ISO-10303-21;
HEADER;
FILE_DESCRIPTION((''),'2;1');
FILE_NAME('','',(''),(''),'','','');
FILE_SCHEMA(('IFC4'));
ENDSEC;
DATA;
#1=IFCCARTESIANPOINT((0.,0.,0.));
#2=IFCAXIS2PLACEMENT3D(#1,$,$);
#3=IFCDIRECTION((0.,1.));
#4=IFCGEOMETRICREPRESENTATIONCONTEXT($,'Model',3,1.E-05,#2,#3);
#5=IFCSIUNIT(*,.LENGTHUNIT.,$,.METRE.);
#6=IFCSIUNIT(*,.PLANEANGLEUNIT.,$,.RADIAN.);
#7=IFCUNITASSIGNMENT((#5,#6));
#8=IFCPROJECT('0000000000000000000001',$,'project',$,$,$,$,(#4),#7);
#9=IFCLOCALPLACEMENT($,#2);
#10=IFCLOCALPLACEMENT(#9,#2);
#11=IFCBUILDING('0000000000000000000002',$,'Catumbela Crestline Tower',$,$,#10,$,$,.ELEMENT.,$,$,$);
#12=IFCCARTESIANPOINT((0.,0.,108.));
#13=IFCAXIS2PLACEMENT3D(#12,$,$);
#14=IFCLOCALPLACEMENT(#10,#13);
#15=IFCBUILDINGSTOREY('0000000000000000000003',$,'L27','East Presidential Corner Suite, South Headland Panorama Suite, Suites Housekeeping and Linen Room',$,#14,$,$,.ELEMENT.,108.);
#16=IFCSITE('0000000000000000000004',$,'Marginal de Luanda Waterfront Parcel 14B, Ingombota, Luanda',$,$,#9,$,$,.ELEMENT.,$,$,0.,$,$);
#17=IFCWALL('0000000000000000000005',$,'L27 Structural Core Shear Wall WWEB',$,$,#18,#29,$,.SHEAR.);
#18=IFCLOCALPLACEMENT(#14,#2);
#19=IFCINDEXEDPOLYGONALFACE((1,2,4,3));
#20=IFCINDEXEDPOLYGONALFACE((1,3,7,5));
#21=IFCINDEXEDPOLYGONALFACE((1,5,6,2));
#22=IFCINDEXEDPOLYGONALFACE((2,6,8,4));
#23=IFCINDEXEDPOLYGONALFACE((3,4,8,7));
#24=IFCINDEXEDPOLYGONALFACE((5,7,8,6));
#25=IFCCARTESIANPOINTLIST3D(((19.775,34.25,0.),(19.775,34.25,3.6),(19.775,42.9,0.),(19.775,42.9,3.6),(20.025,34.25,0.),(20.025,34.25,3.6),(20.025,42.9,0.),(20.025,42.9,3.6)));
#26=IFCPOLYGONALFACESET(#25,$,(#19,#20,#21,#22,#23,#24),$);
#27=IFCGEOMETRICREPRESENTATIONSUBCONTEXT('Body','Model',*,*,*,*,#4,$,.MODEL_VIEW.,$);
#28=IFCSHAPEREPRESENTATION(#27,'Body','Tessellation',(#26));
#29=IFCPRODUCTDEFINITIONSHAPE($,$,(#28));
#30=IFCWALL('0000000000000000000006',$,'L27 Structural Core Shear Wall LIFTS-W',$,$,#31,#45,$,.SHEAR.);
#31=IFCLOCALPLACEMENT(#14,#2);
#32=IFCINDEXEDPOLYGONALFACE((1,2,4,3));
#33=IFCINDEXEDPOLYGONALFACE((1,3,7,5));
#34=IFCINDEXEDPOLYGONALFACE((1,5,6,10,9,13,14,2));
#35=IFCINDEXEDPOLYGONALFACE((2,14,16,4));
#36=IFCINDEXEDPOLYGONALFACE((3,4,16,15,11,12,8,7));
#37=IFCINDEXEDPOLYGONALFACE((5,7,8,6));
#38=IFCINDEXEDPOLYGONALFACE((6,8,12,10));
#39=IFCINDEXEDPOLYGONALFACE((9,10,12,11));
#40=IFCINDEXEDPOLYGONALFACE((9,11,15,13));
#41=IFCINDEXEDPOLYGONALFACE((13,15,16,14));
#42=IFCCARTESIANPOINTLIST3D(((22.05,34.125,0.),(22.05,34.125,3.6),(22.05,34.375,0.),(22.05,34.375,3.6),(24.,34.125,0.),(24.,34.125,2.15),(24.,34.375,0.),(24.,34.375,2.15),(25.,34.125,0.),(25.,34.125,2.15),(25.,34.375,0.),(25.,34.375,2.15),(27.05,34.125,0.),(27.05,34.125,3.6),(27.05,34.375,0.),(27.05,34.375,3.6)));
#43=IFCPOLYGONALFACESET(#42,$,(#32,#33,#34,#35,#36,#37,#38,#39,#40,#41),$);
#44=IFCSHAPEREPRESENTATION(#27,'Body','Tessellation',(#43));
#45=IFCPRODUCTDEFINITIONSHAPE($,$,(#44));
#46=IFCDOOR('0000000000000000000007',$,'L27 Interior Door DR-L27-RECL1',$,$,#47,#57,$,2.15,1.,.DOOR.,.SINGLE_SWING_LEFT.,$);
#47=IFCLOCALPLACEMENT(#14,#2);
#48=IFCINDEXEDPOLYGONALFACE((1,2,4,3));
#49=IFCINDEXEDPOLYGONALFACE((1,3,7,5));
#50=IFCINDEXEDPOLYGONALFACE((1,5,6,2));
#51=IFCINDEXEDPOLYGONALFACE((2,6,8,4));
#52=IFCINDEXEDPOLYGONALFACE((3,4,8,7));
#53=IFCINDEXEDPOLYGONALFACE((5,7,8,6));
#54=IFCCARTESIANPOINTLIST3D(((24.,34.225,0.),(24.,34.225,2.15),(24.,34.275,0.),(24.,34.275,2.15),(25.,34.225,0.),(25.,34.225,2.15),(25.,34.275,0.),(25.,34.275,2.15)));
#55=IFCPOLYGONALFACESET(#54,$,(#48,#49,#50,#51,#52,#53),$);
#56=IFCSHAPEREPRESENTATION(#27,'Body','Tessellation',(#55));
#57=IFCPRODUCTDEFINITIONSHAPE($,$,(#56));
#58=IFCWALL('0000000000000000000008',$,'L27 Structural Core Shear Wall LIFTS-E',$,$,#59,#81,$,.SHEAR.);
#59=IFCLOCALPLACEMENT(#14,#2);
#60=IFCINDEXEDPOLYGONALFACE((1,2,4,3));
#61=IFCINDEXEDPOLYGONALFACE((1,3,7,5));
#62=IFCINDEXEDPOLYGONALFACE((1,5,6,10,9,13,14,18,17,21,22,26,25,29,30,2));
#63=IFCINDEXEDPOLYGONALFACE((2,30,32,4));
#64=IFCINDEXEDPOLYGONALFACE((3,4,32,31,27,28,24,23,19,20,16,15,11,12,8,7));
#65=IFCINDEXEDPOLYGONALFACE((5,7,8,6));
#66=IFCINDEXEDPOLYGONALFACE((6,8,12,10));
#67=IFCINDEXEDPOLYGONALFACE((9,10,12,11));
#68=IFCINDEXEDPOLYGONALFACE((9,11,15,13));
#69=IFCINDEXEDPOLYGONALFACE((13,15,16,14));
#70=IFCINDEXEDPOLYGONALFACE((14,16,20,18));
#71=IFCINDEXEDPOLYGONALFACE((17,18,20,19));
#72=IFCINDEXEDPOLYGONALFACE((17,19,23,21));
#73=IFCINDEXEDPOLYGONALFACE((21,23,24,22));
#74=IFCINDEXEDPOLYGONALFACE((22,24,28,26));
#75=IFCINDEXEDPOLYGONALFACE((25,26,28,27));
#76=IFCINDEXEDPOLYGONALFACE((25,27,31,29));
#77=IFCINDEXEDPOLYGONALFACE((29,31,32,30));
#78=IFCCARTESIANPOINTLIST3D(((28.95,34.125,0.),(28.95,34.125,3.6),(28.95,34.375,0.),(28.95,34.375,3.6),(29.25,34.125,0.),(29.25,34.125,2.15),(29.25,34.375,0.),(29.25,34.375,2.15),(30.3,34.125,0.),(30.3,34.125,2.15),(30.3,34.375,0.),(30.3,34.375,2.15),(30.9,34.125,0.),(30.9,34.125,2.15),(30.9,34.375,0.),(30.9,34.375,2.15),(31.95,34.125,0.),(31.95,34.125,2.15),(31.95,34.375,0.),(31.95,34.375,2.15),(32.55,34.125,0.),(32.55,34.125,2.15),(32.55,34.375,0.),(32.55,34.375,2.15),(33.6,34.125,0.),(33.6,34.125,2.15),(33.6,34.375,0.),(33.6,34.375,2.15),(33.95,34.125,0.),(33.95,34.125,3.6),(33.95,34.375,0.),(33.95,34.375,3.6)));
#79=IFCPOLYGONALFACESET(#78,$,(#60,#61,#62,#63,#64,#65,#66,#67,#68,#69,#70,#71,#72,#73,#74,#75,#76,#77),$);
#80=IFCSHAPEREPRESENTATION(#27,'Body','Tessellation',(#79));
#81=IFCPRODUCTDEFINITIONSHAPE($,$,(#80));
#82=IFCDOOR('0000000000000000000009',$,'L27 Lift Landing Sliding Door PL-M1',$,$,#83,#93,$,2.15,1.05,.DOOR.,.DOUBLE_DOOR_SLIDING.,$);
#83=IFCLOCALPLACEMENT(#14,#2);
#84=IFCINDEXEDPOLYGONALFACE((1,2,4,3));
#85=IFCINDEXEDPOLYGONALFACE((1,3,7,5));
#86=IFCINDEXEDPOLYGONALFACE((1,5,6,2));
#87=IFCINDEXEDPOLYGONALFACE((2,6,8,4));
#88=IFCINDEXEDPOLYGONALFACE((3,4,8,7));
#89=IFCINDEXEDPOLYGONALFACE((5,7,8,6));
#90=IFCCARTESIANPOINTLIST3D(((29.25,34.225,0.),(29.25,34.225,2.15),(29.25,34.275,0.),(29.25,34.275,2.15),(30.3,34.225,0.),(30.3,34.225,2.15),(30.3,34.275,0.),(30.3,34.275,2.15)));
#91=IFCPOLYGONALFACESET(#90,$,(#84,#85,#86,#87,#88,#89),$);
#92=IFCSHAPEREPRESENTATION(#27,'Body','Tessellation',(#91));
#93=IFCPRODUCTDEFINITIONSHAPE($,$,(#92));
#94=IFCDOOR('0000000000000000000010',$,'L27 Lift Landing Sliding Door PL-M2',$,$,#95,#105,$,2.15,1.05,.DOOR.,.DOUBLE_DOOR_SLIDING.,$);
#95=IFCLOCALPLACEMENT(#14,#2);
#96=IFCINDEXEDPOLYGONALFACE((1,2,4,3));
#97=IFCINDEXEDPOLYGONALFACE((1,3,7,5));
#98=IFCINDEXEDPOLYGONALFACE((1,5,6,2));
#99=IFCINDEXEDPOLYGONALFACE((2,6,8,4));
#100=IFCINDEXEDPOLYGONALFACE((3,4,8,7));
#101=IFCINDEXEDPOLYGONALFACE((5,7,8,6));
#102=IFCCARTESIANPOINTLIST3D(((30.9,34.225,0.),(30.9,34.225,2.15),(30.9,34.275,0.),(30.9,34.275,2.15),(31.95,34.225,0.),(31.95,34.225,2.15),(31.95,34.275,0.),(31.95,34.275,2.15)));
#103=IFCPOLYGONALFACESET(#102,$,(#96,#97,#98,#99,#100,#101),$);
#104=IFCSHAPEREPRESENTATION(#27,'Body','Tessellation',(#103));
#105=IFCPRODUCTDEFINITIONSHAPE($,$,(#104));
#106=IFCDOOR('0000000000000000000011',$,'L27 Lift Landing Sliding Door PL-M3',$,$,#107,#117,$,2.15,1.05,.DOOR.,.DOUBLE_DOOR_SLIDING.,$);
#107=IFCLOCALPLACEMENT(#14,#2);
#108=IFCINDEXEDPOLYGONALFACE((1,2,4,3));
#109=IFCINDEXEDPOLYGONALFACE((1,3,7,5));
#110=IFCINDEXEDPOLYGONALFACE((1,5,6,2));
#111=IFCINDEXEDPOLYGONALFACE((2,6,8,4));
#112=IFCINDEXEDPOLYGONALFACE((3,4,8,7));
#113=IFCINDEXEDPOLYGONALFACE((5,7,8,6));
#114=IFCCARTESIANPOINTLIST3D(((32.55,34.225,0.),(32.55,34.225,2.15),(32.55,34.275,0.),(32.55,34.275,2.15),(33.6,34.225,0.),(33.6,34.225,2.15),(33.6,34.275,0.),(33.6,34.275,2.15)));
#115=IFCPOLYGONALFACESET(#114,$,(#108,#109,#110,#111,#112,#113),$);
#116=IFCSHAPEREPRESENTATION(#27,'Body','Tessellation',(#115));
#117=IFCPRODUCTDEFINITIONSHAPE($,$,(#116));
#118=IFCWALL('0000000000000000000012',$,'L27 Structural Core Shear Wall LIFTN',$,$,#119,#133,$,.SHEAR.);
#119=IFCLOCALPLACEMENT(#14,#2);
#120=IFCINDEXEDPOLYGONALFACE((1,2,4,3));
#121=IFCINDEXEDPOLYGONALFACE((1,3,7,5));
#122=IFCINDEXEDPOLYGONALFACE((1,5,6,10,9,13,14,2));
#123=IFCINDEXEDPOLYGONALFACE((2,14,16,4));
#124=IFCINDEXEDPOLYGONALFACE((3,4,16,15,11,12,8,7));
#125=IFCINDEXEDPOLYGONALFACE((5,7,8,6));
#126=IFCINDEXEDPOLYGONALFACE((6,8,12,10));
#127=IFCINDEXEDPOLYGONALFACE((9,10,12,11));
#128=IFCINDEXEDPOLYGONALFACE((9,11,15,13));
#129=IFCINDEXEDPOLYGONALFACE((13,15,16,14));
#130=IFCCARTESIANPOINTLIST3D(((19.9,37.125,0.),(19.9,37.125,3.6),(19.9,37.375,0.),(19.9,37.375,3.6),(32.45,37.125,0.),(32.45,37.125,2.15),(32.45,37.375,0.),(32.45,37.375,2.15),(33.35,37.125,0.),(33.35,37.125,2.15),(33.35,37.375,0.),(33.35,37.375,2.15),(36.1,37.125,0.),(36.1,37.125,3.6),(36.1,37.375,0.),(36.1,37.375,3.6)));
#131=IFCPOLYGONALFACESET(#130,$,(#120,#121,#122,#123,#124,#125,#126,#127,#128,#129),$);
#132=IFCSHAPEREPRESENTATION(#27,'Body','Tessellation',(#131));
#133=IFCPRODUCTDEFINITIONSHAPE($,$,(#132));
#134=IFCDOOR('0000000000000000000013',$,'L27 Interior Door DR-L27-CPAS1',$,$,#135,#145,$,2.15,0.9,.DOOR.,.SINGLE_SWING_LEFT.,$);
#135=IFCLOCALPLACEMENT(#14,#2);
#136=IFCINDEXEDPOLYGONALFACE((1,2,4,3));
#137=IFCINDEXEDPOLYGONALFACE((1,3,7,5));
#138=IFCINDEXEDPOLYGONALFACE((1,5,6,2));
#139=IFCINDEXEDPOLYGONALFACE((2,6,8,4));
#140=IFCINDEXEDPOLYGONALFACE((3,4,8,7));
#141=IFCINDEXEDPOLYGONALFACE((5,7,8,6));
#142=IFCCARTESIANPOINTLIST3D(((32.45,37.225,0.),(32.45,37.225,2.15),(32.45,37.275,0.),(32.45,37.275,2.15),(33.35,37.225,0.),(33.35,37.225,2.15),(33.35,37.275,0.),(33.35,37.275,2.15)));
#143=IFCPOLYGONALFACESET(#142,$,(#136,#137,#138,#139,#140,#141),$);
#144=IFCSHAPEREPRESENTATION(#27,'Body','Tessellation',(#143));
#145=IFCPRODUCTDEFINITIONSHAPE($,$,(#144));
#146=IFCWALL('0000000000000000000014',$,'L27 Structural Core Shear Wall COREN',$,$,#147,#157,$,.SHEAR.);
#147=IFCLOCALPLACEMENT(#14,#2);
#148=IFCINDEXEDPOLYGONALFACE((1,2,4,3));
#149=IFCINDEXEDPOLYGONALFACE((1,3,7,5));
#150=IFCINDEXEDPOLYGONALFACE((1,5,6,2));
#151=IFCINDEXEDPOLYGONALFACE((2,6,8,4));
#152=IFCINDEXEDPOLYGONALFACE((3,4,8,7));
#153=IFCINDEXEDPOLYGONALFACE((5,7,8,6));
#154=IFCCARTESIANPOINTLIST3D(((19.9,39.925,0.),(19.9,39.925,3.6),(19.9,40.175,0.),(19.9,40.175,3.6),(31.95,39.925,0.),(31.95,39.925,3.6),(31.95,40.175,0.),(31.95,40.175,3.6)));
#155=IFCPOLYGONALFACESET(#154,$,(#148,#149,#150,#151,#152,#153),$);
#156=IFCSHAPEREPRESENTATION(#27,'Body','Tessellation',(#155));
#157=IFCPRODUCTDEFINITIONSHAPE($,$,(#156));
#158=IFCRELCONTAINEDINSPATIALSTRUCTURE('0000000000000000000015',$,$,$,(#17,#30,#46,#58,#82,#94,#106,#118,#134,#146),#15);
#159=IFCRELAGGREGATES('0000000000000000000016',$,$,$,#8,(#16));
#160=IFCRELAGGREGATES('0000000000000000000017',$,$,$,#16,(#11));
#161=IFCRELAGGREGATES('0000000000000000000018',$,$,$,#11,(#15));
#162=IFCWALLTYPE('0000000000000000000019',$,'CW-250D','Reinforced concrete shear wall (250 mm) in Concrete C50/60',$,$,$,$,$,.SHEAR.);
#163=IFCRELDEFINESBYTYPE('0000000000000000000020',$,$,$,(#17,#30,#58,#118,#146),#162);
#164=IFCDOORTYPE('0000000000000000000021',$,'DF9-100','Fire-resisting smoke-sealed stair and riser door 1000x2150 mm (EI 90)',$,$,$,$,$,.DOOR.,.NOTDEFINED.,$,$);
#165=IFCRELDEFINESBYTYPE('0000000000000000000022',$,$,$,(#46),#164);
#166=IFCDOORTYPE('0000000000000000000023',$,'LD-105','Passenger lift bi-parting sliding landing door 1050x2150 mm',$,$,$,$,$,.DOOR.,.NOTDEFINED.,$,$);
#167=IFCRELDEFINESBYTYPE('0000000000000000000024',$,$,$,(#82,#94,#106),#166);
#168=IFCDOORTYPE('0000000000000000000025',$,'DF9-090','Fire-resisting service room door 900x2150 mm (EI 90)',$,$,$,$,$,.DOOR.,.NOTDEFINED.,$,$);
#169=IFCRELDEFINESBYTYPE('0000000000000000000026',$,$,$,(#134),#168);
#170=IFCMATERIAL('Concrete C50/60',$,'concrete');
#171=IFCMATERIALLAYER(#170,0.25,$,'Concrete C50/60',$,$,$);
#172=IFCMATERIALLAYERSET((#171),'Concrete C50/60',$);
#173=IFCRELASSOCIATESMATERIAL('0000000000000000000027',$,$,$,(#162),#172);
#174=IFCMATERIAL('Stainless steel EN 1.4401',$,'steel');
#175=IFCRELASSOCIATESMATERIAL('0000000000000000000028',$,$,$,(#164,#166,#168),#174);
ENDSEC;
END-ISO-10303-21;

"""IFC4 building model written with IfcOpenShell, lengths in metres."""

from ifc_helpers import new_model, si_unit, direction, frame, frame_2d, origin, place, context, subcontext, project, spatial, rectangle, extrude, material, layer, layer_set, type_object, element, fill, save


model = new_model("IFC4")

# Units and contexts
model_context = context("Model", 3, precision=1e-05, world=origin(), true_north=direction((0.0, 1.0)))
body_context = subcontext(model_context, "Body", "Model", "MODEL_VIEW")
ifc_project = project(units=[si_unit("LENGTHUNIT", "METRE"), si_unit("PLANEANGLEUNIT", "RADIAN")], contexts=[model_context])

# Site, building, storey
site_placement = place(None, origin())
site = spatial("IfcSite", under=ifc_project, at=site_placement, Name="Marginal de Luanda Waterfront Parcel 14B, Ingombota, Luanda", CompositionType="ELEMENT", RefElevation=0.0)
building_placement = place(site_placement, origin())
building = spatial("IfcBuilding", under=site, at=building_placement, Name="Catumbela Crestline Tower", CompositionType="ELEMENT")
storey_placement = place(building_placement, frame((0.0, 0.0, 108.0)))
storey = spatial("IfcBuildingStorey", under=building, at=storey_placement, Name="L27", Description="East Presidential Corner Suite, South Headland Panorama Suite, Suites Housekeeping and Linen Room", CompositionType="ELEMENT", Elevation=108.0)

# Wall
ifc_material_1 = material(Name="Concrete C50/60", Category="concrete")
ifc_layer_1 = layer(ifc_material_1, 0.25, Name="Concrete C50/60")
ifc_layer_set_1 = layer_set([ifc_layer_1], Name="Concrete C50/60")
wall_type_1 = type_object("IfcWallType", Name="CW-250D", Description="Reinforced concrete shear wall (250 mm) in Concrete C50/60", PredefinedType="SHEAR", material=ifc_layer_set_1)
wall_1_placement = place(storey_placement, frame((19.9, 34.25, 0.0), z_axis=(0.0, 0.0, 1.0), x_axis=(0.0, 1.0, 0.0)))
element("IfcWall", 1, at=wall_1_placement, inside=storey, type_object=wall_type_1, Name="L27 Structural Core Shear Wall WWEB", PredefinedType="SHEAR", context=body_context, shape_type="SweptSolid", body=[
    extrude(rectangle(XDim=8.65, YDim=0.25, at=frame_2d((4.325, 0.0))), origin(), (0.0, 0.0, 1.0), 3.6),
])

# Wall, opening, door
wall_2_placement = place(storey_placement, frame((22.05, 34.25, 0.0), z_axis=(0.0, 0.0, 1.0), x_axis=(1.0, 0.0, 0.0)))
wall_2 = element("IfcWall", 2, at=wall_2_placement, inside=storey, type_object=wall_type_1, Name="L27 Structural Core Shear Wall LIFTS-W", PredefinedType="SHEAR", context=body_context, shape_type="SweptSolid", body=[
    extrude(rectangle(XDim=5.0, YDim=0.25, at=frame_2d((2.5, 0.0))), origin(), (0.0, 0.0, 1.0), 3.6),
])
opening_1_placement = place(wall_2_placement, frame((1.95, 0.0, 0.0)))
opening_1 = element("IfcOpeningElement", 3, at=opening_1_placement, cuts=wall_2, PredefinedType="OPENING", context=body_context, shape_type="SweptSolid", body=[
    extrude(rectangle(XDim=1.0, YDim=2.15, at=frame_2d((0.5, 1.075))), frame((0.0, 0.135, 0.0), z_axis=(0.0, -1.0, 0.0), x_axis=(1.0, 0.0, 0.0)), (0.0, 0.0, 1.0), 0.27),
])
ifc_material_2 = material(Name="Stainless steel EN 1.4401", Category="steel")
door_type_1 = type_object("IfcDoorType", Name="DF9-100", Description="Fire-resisting smoke-sealed stair and riser door 1000x2150 mm (EI 90)", OperationType="NOTDEFINED", PredefinedType="DOOR", material=ifc_material_2)
door_1_placement = place(opening_1_placement, origin())
door_1 = element("IfcDoor", 4, at=door_1_placement, inside=storey, type_object=door_type_1, Name="L27 Interior Door DR-L27-RECL1", OperationType="SINGLE_SWING_LEFT", OverallHeight=2.15, OverallWidth=1.0, PredefinedType="DOOR", context=body_context, shape_type="SweptSolid", body=[
    extrude(rectangle(XDim=1.0, YDim=2.15, at=frame_2d((0.5, 1.075))), frame((0.0, 0.025, 0.0), z_axis=(0.0, -1.0, 0.0), x_axis=(1.0, 0.0, 0.0)), (0.0, 0.0, 1.0), 0.05),
])
fill(opening_1, door_1)

# Wall, openings, doors
wall_3_placement = place(storey_placement, frame((28.95, 34.25, 0.0), z_axis=(0.0, 0.0, 1.0), x_axis=(1.0, 0.0, 0.0)))
wall_3 = element("IfcWall", 5, at=wall_3_placement, inside=storey, type_object=wall_type_1, Name="L27 Structural Core Shear Wall LIFTS-E", PredefinedType="SHEAR", context=body_context, shape_type="SweptSolid", body=[
    extrude(rectangle(XDim=5.0, YDim=0.25, at=frame_2d((2.5, 0.0))), origin(), (0.0, 0.0, 1.0), 3.6),
])
opening_2_placement = place(wall_3_placement, frame((0.3, 0.0, 0.0)))
opening_2 = element("IfcOpeningElement", 6, at=opening_2_placement, cuts=wall_3, PredefinedType="OPENING", context=body_context, shape_type="SweptSolid", body=[
    extrude(rectangle(XDim=1.05, YDim=2.15, at=frame_2d((0.525, 1.075))), frame((0.0, 0.135, 0.0), z_axis=(0.0, -1.0, 0.0), x_axis=(1.0, 0.0, 0.0)), (0.0, 0.0, 1.0), 0.27),
])
opening_3_placement = place(wall_3_placement, frame((1.95, 0.0, 0.0)))
opening_3 = element("IfcOpeningElement", 7, at=opening_3_placement, cuts=wall_3, PredefinedType="OPENING", context=body_context, shape_type="SweptSolid", body=[
    extrude(rectangle(XDim=1.05, YDim=2.15, at=frame_2d((0.525, 1.075))), frame((0.0, 0.135, 0.0), z_axis=(0.0, -1.0, 0.0), x_axis=(1.0, 0.0, 0.0)), (0.0, 0.0, 1.0), 0.27),
])
opening_4_placement = place(wall_3_placement, frame((3.6, 0.0, 0.0)))
opening_4 = element("IfcOpeningElement", 8, at=opening_4_placement, cuts=wall_3, PredefinedType="OPENING", context=body_context, shape_type="SweptSolid", body=[
    extrude(rectangle(XDim=1.05, YDim=2.15, at=frame_2d((0.525, 1.075))), frame((0.0, 0.135, 0.0), z_axis=(0.0, -1.0, 0.0), x_axis=(1.0, 0.0, 0.0)), (0.0, 0.0, 1.0), 0.27),
])
door_type_2 = type_object("IfcDoorType", Name="LD-105", Description="Passenger lift bi-parting sliding landing door 1050x2150 mm", OperationType="NOTDEFINED", PredefinedType="DOOR", material=ifc_material_2)
door_2_placement = place(opening_2_placement, origin())
door_2 = element("IfcDoor", 9, at=door_2_placement, inside=storey, type_object=door_type_2, Name="L27 Lift Landing Sliding Door PL-M1", OperationType="DOUBLE_DOOR_SLIDING", OverallHeight=2.15, OverallWidth=1.05, PredefinedType="DOOR", context=body_context, shape_type="SweptSolid", body=[
    extrude(rectangle(XDim=1.05, YDim=2.15, at=frame_2d((0.525, 1.075))), frame((0.0, 0.025, 0.0), z_axis=(0.0, -1.0, 0.0), x_axis=(1.0, 0.0, 0.0)), (0.0, 0.0, 1.0), 0.05),
])
fill(opening_2, door_2)
door_3_placement = place(opening_3_placement, origin())
door_3 = element("IfcDoor", 10, at=door_3_placement, inside=storey, type_object=door_type_2, Name="L27 Lift Landing Sliding Door PL-M2", OperationType="DOUBLE_DOOR_SLIDING", OverallHeight=2.15, OverallWidth=1.05, PredefinedType="DOOR", context=body_context, shape_type="SweptSolid", body=[
    extrude(rectangle(XDim=1.05, YDim=2.15, at=frame_2d((0.525, 1.075))), frame((0.0, 0.025, 0.0), z_axis=(0.0, -1.0, 0.0), x_axis=(1.0, 0.0, 0.0)), (0.0, 0.0, 1.0), 0.05),
])
fill(opening_3, door_3)
door_4_placement = place(opening_4_placement, origin())
door_4 = element("IfcDoor", 11, at=door_4_placement, inside=storey, type_object=door_type_2, Name="L27 Lift Landing Sliding Door PL-M3", OperationType="DOUBLE_DOOR_SLIDING", OverallHeight=2.15, OverallWidth=1.05, PredefinedType="DOOR", context=body_context, shape_type="SweptSolid", body=[
    extrude(rectangle(XDim=1.05, YDim=2.15, at=frame_2d((0.525, 1.075))), frame((0.0, 0.025, 0.0), z_axis=(0.0, -1.0, 0.0), x_axis=(1.0, 0.0, 0.0)), (0.0, 0.0, 1.0), 0.05),
])
fill(opening_4, door_4)

# Wall, opening, door
wall_4_placement = place(storey_placement, frame((19.9, 37.25, 0.0), z_axis=(0.0, 0.0, 1.0), x_axis=(1.0, 0.0, 0.0)))
wall_4 = element("IfcWall", 12, at=wall_4_placement, inside=storey, type_object=wall_type_1, Name="L27 Structural Core Shear Wall LIFTN", PredefinedType="SHEAR", context=body_context, shape_type="SweptSolid", body=[
    extrude(rectangle(XDim=16.2, YDim=0.25, at=frame_2d((8.1, 0.0))), origin(), (0.0, 0.0, 1.0), 3.6),
])
opening_5_placement = place(wall_4_placement, frame((12.55, 0.0, 0.0)))
opening_5 = element("IfcOpeningElement", 13, at=opening_5_placement, cuts=wall_4, PredefinedType="OPENING", context=body_context, shape_type="SweptSolid", body=[
    extrude(rectangle(XDim=0.9, YDim=2.15, at=frame_2d((0.45, 1.075))), frame((0.0, 0.135, 0.0), z_axis=(0.0, -1.0, 0.0), x_axis=(1.0, 0.0, 0.0)), (0.0, 0.0, 1.0), 0.27),
])
door_type_3 = type_object("IfcDoorType", Name="DF9-090", Description="Fire-resisting service room door 900x2150 mm (EI 90)", OperationType="NOTDEFINED", PredefinedType="DOOR", material=ifc_material_2)
door_5_placement = place(opening_5_placement, origin())
door_5 = element("IfcDoor", 14, at=door_5_placement, inside=storey, type_object=door_type_3, Name="L27 Interior Door DR-L27-CPAS1", OperationType="SINGLE_SWING_LEFT", OverallHeight=2.15, OverallWidth=0.9, PredefinedType="DOOR", context=body_context, shape_type="SweptSolid", body=[
    extrude(rectangle(XDim=0.9, YDim=2.15, at=frame_2d((0.45, 1.075))), frame((0.0, 0.025, 0.0), z_axis=(0.0, -1.0, 0.0), x_axis=(1.0, 0.0, 0.0)), (0.0, 0.0, 1.0), 0.05),
])
fill(opening_5, door_5)

# Wall
wall_5_placement = place(storey_placement, frame((19.9, 40.05, 0.0), z_axis=(0.0, 0.0, 1.0), x_axis=(1.0, 0.0, 0.0)))
element("IfcWall", 15, at=wall_5_placement, inside=storey, type_object=wall_type_1, Name="L27 Structural Core Shear Wall COREN", PredefinedType="SHEAR", context=body_context, shape_type="SweptSolid", body=[
    extrude(rectangle(XDim=12.05, YDim=0.25, at=frame_2d((6.025, 0.0))), origin(), (0.0, 0.0, 1.0), 3.6),
])

save(model, "model.ifc")
